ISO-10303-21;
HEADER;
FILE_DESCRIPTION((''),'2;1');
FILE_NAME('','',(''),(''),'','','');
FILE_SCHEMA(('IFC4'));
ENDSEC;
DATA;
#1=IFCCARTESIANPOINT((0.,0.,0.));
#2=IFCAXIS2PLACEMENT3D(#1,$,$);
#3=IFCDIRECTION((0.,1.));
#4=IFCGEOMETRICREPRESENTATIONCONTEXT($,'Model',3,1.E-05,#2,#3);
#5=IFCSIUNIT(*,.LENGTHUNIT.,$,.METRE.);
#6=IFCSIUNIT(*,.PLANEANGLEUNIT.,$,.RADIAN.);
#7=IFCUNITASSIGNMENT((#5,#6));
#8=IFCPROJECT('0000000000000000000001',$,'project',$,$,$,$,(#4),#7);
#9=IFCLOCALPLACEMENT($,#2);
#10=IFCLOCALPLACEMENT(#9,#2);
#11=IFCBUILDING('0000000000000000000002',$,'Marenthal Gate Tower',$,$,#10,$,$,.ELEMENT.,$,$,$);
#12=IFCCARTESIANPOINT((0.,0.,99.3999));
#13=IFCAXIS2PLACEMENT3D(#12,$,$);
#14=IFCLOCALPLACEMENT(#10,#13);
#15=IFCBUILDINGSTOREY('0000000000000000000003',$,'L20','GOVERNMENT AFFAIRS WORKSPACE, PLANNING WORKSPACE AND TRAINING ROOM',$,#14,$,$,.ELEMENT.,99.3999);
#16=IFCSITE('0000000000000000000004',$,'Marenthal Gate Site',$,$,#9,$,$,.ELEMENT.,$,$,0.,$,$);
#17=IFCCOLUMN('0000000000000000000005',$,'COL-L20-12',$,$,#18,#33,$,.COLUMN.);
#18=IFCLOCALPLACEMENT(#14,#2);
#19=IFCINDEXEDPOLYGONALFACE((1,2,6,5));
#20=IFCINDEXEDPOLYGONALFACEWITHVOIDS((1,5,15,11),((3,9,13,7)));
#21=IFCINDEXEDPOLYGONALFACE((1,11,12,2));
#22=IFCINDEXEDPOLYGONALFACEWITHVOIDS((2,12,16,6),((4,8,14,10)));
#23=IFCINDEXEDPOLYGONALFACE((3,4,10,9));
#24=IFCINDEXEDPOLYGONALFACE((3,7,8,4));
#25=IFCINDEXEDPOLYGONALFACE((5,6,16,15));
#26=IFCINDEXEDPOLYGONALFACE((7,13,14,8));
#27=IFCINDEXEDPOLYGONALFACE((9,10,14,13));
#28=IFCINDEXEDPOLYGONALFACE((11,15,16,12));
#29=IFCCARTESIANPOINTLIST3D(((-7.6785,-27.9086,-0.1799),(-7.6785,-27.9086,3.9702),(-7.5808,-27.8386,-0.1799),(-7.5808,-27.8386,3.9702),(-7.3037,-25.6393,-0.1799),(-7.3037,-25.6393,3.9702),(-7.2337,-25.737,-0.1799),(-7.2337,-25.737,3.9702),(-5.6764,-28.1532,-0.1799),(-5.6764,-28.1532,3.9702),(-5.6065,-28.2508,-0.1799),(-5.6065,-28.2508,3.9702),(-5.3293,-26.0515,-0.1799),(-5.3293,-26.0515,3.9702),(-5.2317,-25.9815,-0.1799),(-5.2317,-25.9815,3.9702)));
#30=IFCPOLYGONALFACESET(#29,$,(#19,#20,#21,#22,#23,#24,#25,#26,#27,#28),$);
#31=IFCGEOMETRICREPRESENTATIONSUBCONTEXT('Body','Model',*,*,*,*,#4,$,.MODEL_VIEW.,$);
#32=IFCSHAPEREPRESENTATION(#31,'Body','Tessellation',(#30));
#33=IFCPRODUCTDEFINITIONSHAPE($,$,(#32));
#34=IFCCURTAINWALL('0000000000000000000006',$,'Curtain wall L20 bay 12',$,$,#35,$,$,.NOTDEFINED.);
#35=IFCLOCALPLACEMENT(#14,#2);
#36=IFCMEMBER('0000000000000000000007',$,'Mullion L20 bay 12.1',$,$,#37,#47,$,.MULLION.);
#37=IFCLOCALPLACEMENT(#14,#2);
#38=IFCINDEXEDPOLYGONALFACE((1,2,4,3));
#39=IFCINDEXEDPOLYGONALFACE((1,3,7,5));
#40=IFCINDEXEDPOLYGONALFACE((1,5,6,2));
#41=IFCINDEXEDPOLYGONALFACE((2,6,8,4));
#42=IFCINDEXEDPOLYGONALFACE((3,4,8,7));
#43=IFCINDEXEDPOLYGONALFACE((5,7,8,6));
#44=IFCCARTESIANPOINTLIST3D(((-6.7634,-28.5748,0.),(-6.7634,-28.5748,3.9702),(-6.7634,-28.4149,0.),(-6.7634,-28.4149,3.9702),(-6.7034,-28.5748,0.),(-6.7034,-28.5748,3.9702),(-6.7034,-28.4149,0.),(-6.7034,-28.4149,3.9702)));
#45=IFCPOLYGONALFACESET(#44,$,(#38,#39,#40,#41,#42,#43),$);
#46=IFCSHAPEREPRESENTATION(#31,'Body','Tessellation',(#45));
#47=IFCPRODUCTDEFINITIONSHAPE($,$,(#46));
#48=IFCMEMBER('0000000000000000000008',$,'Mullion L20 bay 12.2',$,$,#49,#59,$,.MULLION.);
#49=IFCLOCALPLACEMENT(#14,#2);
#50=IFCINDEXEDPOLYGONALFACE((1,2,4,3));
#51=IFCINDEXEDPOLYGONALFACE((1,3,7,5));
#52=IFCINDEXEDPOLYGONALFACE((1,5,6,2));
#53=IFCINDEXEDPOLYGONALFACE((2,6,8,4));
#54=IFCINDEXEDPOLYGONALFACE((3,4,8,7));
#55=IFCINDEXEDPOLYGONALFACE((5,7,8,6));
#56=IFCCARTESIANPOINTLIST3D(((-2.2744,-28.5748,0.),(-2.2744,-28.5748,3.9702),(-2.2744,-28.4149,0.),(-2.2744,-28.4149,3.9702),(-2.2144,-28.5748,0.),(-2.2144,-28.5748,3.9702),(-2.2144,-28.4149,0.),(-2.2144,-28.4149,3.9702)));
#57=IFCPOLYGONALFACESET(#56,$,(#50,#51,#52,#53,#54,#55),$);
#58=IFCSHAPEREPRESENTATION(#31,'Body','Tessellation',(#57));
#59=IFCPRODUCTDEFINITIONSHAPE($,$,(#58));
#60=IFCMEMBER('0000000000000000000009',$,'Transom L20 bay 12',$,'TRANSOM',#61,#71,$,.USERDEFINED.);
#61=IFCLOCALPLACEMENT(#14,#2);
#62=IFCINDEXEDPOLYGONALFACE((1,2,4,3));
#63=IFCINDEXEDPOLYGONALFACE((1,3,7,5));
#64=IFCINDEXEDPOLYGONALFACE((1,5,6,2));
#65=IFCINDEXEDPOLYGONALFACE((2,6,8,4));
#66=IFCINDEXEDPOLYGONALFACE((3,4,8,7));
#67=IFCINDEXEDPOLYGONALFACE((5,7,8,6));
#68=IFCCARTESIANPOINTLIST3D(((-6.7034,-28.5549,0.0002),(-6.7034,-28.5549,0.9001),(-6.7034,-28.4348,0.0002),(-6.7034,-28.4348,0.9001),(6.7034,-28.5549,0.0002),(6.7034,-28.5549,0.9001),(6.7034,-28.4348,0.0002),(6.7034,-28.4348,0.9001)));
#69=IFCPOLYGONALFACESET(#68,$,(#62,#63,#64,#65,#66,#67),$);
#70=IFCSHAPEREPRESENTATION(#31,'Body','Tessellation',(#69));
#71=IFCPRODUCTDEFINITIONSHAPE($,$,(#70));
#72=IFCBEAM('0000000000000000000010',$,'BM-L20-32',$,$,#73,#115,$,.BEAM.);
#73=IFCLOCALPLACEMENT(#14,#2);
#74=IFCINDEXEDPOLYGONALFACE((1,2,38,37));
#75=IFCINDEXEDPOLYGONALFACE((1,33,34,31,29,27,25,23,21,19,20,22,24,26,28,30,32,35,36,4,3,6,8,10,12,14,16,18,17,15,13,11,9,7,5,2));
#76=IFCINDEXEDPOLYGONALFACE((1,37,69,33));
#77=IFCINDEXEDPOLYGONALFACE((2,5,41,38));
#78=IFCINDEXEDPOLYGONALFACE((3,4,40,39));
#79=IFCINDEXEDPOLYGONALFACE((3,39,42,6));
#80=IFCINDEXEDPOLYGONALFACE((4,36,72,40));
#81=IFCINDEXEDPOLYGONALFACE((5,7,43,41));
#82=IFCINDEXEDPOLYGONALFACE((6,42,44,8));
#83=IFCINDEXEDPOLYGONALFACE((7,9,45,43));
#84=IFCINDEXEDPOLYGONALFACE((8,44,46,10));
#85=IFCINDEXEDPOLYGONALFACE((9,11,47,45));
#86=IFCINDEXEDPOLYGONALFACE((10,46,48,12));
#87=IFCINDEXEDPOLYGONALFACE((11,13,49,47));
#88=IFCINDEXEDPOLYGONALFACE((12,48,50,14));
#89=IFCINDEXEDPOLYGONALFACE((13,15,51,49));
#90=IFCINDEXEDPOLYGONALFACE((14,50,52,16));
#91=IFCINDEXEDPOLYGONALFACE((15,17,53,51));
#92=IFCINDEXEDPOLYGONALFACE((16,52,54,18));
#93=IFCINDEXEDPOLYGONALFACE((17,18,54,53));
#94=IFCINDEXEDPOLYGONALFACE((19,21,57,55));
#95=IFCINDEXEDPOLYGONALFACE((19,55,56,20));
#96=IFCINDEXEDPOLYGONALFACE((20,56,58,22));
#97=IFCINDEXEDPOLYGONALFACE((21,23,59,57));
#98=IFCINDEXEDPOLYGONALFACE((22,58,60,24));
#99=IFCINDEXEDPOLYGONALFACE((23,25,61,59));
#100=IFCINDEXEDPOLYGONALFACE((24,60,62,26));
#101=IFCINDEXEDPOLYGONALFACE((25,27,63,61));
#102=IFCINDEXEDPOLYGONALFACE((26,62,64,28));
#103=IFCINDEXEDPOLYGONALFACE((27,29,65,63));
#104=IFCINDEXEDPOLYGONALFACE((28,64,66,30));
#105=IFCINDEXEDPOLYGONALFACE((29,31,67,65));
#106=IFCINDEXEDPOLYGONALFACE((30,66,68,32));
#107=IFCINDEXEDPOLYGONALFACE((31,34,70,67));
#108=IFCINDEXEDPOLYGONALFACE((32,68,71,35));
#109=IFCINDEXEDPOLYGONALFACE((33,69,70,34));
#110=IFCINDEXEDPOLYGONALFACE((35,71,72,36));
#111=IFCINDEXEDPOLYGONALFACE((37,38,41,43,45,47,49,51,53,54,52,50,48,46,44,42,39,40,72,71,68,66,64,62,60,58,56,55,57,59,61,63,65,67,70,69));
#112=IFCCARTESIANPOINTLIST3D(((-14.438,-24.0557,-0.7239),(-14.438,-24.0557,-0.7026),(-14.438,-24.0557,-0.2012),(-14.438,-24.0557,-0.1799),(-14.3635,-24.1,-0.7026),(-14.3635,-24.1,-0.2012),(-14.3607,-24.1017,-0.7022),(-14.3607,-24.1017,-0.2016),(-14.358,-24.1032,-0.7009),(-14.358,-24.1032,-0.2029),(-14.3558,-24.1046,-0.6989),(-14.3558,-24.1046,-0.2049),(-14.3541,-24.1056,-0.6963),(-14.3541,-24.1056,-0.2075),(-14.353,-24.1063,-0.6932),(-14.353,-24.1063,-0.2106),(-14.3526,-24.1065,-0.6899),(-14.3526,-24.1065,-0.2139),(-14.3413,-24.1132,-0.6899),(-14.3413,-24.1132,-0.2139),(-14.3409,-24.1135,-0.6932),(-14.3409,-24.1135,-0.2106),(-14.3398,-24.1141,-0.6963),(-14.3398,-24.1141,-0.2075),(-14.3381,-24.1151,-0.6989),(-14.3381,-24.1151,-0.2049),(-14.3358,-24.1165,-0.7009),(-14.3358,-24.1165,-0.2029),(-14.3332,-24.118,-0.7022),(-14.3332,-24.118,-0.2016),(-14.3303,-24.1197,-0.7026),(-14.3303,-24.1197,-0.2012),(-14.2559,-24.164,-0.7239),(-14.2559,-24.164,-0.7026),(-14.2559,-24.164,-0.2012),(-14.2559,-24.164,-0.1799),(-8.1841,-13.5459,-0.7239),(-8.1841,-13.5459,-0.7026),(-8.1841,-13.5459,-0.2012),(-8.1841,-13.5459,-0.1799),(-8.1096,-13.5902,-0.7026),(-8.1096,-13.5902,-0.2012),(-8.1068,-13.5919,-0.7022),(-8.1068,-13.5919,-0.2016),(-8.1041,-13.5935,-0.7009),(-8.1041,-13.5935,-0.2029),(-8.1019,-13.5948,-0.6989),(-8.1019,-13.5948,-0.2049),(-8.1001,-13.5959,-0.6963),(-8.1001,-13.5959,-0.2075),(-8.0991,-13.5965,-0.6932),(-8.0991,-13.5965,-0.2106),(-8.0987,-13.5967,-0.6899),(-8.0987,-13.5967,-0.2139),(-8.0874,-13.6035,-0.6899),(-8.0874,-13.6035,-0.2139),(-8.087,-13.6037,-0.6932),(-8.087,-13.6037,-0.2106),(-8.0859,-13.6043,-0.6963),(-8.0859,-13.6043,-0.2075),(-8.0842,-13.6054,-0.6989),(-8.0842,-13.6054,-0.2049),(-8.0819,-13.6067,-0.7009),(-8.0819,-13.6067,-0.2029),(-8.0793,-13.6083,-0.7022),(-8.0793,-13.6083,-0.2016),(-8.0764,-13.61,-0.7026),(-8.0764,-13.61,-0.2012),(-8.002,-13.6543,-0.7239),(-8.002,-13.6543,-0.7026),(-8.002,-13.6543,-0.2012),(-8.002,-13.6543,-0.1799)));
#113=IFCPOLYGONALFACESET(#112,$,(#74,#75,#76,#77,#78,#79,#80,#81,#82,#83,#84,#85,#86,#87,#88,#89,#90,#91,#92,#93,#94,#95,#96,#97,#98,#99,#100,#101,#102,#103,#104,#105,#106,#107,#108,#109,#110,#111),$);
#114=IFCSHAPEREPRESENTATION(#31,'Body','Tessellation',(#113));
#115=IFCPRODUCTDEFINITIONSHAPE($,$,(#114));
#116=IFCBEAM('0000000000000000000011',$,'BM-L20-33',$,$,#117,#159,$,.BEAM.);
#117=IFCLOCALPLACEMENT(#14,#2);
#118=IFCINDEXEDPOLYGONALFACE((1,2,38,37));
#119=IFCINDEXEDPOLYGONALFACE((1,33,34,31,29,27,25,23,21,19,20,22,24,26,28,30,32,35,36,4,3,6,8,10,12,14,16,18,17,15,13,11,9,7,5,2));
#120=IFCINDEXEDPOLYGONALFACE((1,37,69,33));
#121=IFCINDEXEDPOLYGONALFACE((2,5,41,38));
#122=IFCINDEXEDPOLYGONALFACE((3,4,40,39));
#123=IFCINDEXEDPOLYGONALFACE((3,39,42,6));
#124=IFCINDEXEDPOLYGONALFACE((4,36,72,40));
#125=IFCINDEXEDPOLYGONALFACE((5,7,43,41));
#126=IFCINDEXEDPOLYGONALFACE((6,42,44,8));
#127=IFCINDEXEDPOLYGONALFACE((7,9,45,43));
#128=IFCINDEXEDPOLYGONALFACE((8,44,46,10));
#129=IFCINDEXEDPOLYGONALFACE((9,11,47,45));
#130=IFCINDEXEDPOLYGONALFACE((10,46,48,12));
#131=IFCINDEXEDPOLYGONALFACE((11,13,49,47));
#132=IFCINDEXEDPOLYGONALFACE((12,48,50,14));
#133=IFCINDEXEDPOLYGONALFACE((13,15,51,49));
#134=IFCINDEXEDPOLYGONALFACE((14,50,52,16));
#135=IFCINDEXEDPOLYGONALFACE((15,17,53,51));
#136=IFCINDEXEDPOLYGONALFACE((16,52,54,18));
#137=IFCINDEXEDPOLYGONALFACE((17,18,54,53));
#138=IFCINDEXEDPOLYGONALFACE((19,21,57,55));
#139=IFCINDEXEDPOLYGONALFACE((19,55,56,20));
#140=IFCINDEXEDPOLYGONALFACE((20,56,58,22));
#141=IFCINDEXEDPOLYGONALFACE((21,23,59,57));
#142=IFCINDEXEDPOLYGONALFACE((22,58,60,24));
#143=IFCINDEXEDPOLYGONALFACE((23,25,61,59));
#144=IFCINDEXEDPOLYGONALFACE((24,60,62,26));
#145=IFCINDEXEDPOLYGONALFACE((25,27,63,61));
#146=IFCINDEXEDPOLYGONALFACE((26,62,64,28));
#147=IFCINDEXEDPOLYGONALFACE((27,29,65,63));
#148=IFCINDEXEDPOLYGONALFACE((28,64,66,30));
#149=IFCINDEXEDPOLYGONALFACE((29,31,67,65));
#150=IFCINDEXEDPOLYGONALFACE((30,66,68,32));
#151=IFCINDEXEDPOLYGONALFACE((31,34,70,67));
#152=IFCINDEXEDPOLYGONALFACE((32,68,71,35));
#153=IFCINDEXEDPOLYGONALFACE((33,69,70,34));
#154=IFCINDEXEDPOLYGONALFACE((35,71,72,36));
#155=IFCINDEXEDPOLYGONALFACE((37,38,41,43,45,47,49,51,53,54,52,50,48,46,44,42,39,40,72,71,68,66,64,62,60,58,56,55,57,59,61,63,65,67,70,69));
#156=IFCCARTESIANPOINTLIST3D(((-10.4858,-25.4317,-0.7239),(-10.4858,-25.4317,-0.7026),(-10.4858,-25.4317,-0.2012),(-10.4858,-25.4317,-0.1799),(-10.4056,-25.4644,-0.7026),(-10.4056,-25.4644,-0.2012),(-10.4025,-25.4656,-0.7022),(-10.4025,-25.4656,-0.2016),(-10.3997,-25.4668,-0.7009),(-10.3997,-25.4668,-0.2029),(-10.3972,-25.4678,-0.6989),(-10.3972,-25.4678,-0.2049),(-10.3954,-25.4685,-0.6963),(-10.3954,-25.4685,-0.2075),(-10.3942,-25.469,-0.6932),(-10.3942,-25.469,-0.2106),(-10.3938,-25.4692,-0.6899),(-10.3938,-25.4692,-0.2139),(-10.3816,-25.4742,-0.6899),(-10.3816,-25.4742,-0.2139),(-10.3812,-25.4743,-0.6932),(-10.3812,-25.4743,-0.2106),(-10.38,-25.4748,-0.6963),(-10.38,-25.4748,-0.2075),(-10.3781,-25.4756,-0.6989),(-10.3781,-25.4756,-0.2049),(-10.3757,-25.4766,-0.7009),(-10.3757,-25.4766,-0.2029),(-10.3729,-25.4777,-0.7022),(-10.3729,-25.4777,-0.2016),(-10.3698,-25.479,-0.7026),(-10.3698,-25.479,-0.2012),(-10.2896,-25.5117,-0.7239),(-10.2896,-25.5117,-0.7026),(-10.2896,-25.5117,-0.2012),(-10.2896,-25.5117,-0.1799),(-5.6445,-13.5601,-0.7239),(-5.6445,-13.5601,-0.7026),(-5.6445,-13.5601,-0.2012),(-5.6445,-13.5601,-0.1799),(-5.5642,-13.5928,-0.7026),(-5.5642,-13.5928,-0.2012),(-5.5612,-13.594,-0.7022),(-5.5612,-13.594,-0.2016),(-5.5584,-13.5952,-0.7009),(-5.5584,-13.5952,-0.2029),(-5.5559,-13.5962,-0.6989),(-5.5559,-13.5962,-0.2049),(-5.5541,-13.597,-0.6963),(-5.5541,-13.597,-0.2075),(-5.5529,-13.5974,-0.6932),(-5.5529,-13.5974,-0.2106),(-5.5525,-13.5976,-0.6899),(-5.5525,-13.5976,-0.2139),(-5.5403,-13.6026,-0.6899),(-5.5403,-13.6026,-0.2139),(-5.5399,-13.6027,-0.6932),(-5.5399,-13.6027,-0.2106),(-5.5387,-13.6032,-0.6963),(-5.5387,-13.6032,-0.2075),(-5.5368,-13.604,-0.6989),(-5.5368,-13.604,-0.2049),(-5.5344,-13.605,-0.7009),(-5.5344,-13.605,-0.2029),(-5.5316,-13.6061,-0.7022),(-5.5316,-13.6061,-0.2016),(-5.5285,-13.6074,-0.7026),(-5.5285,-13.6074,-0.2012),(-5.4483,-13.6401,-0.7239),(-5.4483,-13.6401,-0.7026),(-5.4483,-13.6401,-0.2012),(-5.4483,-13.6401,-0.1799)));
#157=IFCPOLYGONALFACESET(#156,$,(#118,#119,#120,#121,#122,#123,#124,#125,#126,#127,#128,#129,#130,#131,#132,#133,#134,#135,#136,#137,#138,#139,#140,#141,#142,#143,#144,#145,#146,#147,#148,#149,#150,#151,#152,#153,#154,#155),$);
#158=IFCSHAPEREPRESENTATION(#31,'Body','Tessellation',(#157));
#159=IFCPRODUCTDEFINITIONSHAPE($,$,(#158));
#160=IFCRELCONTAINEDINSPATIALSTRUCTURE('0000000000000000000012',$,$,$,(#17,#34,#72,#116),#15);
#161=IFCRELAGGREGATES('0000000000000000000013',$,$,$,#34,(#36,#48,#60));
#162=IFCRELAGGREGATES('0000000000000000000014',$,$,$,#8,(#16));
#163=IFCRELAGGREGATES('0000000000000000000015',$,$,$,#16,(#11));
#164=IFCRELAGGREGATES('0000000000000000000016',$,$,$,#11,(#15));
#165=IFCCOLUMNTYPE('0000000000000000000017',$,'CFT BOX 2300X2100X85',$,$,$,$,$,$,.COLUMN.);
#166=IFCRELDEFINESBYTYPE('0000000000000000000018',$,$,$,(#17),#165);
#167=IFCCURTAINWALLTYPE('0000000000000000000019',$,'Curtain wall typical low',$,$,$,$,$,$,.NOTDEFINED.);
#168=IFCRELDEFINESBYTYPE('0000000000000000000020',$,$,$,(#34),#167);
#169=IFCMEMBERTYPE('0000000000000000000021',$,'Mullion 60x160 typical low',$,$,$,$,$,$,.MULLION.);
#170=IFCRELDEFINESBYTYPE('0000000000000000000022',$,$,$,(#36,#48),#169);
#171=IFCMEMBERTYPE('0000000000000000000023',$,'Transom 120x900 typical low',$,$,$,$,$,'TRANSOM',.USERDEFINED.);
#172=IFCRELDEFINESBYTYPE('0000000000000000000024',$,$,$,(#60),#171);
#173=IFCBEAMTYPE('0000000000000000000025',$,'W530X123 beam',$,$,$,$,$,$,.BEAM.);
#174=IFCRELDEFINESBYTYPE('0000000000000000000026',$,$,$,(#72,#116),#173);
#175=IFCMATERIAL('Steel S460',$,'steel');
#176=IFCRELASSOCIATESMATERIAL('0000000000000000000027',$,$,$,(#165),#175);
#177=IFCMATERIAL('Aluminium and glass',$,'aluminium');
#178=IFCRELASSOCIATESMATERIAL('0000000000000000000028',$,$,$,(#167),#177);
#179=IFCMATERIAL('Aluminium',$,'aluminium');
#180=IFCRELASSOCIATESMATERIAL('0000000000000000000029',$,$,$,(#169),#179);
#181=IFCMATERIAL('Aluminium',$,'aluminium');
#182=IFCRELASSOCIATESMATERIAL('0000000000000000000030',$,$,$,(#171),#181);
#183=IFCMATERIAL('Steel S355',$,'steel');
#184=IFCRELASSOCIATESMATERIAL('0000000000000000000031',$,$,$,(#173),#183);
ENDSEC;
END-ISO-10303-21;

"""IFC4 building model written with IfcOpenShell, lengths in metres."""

from ifc_helpers import new_model, si_unit, direction, frame, origin, origin_2d, place, context, subcontext, project, spatial, rectangle, hollow_rectangle, i_section, extrude, material, material_profile, profile_set, type_object, element, aggregate, save


model = new_model("IFC4")

# Units and contexts
model_context = context("Model", 3, precision=1e-05, world=origin(), true_north=direction((0.0, 1.0)))
body_context = subcontext(model_context, "Body", "Model", "MODEL_VIEW")
ifc_project = project(units=[si_unit("LENGTHUNIT", "METRE"), si_unit("PLANEANGLEUNIT", "RADIAN")], contexts=[model_context])

# Site, building, storey
site_placement = place(None, origin())
site = spatial("IfcSite", under=ifc_project, at=site_placement, Name="Marenthal Gate Site", CompositionType="ELEMENT", RefElevation=0.0)
building_placement = place(site_placement, origin())
building = spatial("IfcBuilding", under=site, at=building_placement, Name="Marenthal Gate Tower", CompositionType="ELEMENT")
storey_placement = place(building_placement, frame((0.0, 0.0, 99.3999)))
storey = spatial("IfcBuildingStorey", under=building, at=storey_placement, Name="L20", Description="GOVERNMENT AFFAIRS WORKSPACE, PLANNING WORKSPACE AND TRAINING ROOM", CompositionType="ELEMENT", Elevation=99.3999)

# Column
ifc_material_1 = material(Name="Steel S460", Category="steel")
ifc_material_profile_1 = material_profile(ifc_material_1, hollow_rectangle(XDim=2.1001, YDim=2.3, WallThickness=0.085, at=origin_2d()), Name="CFT BOX 2300X2100X85")
ifc_material_2 = material(Name="Concrete 70 MPa", Category="concrete")
ifc_material_profile_2 = material_profile(ifc_material_2, rectangle(XDim=1.9299, YDim=2.1299, at=origin_2d()), Name="CFT BOX 2300X2100X85 INFILL")
ifc_profile_set_1 = profile_set([ifc_material_profile_1, ifc_material_profile_2], Name="Steel S460 shell, Concrete 70 MPa infill")
column_type = type_object("IfcColumnType", Name="CFT BOX 2300X2100X85", PredefinedType="COLUMN", material=ifc_profile_set_1)
column_placement = place(storey_placement, frame((-6.4551, -26.9451, -0.1799), z_axis=(0.0, 0.0, 1.0), x_axis=(-0.986635, 0.162949, 0.0)))
element("IfcColumn", 1, at=column_placement, inside=storey, type_object=column_type, Name="COL-L20-12", PredefinedType="COLUMN", context=body_context, shape_type="SweptSolid", body=[
    extrude(hollow_rectangle(XDim=2.1001, YDim=2.3, WallThickness=0.085, at=origin_2d()), origin(), (0.0, 0.0, 1.0), 4.1501),
])

# Curtain wall, members
ifc_material_3 = material(Name="Aluminium and glass", Category="aluminium")
curtain_wall_type = type_object("IfcCurtainWallType", Name="Curtain wall typical low", PredefinedType="NOTDEFINED", material=ifc_material_3)
curtain_wall_placement = place(storey_placement, origin())
curtain_wall = element("IfcCurtainWall", 2, at=curtain_wall_placement, inside=storey, type_object=curtain_wall_type, Name="Curtain wall L20 bay 12", PredefinedType="NOTDEFINED")
ifc_material_4 = material(Name="Aluminium", Category="aluminium")
ifc_material_profile_3 = material_profile(ifc_material_4, rectangle(XDim=0.1599, YDim=0.0601, at=origin_2d()), Name="60x160 aluminium mullion")
ifc_profile_set_2 = profile_set([ifc_material_profile_3], Name="Aluminium")
member_type_1 = type_object("IfcMemberType", Name="Mullion 60x160 typical low", PredefinedType="MULLION", material=ifc_profile_set_2)
member_1_placement = place(storey_placement, frame((-6.7334, -28.4949, 0.0), z_axis=(0.0, 0.0, 1.0), x_axis=(0.0, 1.0, 0.0)))
member_1 = element("IfcMember", 3, at=member_1_placement, type_object=member_type_1, Name="Mullion L20 bay 12.1", PredefinedType="MULLION", context=body_context, shape_type="SweptSolid", body=[
    extrude(rectangle(XDim=0.1599, YDim=0.0601, at=origin_2d()), origin(), (0.0, 0.0, 1.0), 3.9702),
])
member_2_placement = place(storey_placement, frame((-2.2444, -28.4949, 0.0), z_axis=(0.0, 0.0, 1.0), x_axis=(0.0, 1.0, 0.0)))
member_2 = element("IfcMember", 4, at=member_2_placement, type_object=member_type_1, Name="Mullion L20 bay 12.2", PredefinedType="MULLION", context=body_context, shape_type="SweptSolid", body=[
    extrude(rectangle(XDim=0.1599, YDim=0.0601, at=origin_2d()), origin(), (0.0, 0.0, 1.0), 3.9702),
])
ifc_material_5 = material(Name="Aluminium", Category="aluminium")
ifc_material_profile_4 = material_profile(ifc_material_5, rectangle(XDim=0.1201, YDim=0.8999, at=origin_2d()), Name="120x900 aluminium transom")
ifc_profile_set_3 = profile_set([ifc_material_profile_4], Name="Aluminium")
member_type_2 = type_object("IfcMemberType", Name="Transom 120x900 typical low", ElementType="TRANSOM", PredefinedType="USERDEFINED", material=ifc_profile_set_3)
member_3_placement = place(storey_placement, frame((-6.7034, -28.4949, 0.4502), z_axis=(1.0, 0.0, 0.0), x_axis=(0.0, 1.0, 0.0)))
member_3 = element("IfcMember", 5, at=member_3_placement, type_object=member_type_2, Name="Transom L20 bay 12", ObjectType="TRANSOM", PredefinedType="USERDEFINED", context=body_context, shape_type="SweptSolid", body=[
    extrude(rectangle(XDim=0.1201, YDim=0.8999, at=origin_2d()), origin(), (0.0, 0.0, 1.0), 13.4067),
])

# Beams
ifc_material_6 = material(Name="Steel S355", Category="steel")
ifc_material_profile_5 = material_profile(ifc_material_6, i_section(OverallWidth=0.2119, OverallDepth=0.5439, WebThickness=0.0132, FlangeThickness=0.0212, FilletRadius=0.0127, at=origin_2d()), Name="W530X123")
ifc_profile_set_4 = profile_set([ifc_material_profile_5], Name="Steel S355")
beam_type_1 = type_object("IfcBeamType", Name="W530X123 beam", PredefinedType="BEAM", material=ifc_profile_set_4)
beam_1_placement = place(storey_placement, frame((-14.3469, -24.1099, -0.4519), z_axis=(0.511369, 0.859361, 0.0), x_axis=(-0.859361, 0.511369, 0.0)))
element("IfcBeam", 6, at=beam_1_placement, inside=storey, type_object=beam_type_1, Name="BM-L20-32", PredefinedType="BEAM", context=body_context, shape_type="SweptSolid", body=[
    extrude(i_section(OverallWidth=0.2119, OverallDepth=0.5439, WebThickness=0.0132, FlangeThickness=0.0212, FilletRadius=0.0127, at=origin_2d()), origin(), (0.0, 0.0, 1.0), 12.2297),
])
beam_2_placement = place(storey_placement, frame((-10.3877, -25.4717, -0.4519), z_axis=(0.377614, 0.925963, 0.0), x_axis=(-0.925963, 0.377614, 0.0)))
element("IfcBeam", 7, at=beam_2_placement, inside=storey, type_object=beam_type_1, Name="BM-L20-33", PredefinedType="BEAM", context=body_context, shape_type="SweptSolid", body=[
    extrude(i_section(OverallWidth=0.2119, OverallDepth=0.5439, WebThickness=0.0132, FlangeThickness=0.0212, FilletRadius=0.0127, at=origin_2d()), origin(), (0.0, 0.0, 1.0), 12.8208),
])

aggregate(curtain_wall, [member_1, member_2, member_3])

save(model, "model.ifc")
